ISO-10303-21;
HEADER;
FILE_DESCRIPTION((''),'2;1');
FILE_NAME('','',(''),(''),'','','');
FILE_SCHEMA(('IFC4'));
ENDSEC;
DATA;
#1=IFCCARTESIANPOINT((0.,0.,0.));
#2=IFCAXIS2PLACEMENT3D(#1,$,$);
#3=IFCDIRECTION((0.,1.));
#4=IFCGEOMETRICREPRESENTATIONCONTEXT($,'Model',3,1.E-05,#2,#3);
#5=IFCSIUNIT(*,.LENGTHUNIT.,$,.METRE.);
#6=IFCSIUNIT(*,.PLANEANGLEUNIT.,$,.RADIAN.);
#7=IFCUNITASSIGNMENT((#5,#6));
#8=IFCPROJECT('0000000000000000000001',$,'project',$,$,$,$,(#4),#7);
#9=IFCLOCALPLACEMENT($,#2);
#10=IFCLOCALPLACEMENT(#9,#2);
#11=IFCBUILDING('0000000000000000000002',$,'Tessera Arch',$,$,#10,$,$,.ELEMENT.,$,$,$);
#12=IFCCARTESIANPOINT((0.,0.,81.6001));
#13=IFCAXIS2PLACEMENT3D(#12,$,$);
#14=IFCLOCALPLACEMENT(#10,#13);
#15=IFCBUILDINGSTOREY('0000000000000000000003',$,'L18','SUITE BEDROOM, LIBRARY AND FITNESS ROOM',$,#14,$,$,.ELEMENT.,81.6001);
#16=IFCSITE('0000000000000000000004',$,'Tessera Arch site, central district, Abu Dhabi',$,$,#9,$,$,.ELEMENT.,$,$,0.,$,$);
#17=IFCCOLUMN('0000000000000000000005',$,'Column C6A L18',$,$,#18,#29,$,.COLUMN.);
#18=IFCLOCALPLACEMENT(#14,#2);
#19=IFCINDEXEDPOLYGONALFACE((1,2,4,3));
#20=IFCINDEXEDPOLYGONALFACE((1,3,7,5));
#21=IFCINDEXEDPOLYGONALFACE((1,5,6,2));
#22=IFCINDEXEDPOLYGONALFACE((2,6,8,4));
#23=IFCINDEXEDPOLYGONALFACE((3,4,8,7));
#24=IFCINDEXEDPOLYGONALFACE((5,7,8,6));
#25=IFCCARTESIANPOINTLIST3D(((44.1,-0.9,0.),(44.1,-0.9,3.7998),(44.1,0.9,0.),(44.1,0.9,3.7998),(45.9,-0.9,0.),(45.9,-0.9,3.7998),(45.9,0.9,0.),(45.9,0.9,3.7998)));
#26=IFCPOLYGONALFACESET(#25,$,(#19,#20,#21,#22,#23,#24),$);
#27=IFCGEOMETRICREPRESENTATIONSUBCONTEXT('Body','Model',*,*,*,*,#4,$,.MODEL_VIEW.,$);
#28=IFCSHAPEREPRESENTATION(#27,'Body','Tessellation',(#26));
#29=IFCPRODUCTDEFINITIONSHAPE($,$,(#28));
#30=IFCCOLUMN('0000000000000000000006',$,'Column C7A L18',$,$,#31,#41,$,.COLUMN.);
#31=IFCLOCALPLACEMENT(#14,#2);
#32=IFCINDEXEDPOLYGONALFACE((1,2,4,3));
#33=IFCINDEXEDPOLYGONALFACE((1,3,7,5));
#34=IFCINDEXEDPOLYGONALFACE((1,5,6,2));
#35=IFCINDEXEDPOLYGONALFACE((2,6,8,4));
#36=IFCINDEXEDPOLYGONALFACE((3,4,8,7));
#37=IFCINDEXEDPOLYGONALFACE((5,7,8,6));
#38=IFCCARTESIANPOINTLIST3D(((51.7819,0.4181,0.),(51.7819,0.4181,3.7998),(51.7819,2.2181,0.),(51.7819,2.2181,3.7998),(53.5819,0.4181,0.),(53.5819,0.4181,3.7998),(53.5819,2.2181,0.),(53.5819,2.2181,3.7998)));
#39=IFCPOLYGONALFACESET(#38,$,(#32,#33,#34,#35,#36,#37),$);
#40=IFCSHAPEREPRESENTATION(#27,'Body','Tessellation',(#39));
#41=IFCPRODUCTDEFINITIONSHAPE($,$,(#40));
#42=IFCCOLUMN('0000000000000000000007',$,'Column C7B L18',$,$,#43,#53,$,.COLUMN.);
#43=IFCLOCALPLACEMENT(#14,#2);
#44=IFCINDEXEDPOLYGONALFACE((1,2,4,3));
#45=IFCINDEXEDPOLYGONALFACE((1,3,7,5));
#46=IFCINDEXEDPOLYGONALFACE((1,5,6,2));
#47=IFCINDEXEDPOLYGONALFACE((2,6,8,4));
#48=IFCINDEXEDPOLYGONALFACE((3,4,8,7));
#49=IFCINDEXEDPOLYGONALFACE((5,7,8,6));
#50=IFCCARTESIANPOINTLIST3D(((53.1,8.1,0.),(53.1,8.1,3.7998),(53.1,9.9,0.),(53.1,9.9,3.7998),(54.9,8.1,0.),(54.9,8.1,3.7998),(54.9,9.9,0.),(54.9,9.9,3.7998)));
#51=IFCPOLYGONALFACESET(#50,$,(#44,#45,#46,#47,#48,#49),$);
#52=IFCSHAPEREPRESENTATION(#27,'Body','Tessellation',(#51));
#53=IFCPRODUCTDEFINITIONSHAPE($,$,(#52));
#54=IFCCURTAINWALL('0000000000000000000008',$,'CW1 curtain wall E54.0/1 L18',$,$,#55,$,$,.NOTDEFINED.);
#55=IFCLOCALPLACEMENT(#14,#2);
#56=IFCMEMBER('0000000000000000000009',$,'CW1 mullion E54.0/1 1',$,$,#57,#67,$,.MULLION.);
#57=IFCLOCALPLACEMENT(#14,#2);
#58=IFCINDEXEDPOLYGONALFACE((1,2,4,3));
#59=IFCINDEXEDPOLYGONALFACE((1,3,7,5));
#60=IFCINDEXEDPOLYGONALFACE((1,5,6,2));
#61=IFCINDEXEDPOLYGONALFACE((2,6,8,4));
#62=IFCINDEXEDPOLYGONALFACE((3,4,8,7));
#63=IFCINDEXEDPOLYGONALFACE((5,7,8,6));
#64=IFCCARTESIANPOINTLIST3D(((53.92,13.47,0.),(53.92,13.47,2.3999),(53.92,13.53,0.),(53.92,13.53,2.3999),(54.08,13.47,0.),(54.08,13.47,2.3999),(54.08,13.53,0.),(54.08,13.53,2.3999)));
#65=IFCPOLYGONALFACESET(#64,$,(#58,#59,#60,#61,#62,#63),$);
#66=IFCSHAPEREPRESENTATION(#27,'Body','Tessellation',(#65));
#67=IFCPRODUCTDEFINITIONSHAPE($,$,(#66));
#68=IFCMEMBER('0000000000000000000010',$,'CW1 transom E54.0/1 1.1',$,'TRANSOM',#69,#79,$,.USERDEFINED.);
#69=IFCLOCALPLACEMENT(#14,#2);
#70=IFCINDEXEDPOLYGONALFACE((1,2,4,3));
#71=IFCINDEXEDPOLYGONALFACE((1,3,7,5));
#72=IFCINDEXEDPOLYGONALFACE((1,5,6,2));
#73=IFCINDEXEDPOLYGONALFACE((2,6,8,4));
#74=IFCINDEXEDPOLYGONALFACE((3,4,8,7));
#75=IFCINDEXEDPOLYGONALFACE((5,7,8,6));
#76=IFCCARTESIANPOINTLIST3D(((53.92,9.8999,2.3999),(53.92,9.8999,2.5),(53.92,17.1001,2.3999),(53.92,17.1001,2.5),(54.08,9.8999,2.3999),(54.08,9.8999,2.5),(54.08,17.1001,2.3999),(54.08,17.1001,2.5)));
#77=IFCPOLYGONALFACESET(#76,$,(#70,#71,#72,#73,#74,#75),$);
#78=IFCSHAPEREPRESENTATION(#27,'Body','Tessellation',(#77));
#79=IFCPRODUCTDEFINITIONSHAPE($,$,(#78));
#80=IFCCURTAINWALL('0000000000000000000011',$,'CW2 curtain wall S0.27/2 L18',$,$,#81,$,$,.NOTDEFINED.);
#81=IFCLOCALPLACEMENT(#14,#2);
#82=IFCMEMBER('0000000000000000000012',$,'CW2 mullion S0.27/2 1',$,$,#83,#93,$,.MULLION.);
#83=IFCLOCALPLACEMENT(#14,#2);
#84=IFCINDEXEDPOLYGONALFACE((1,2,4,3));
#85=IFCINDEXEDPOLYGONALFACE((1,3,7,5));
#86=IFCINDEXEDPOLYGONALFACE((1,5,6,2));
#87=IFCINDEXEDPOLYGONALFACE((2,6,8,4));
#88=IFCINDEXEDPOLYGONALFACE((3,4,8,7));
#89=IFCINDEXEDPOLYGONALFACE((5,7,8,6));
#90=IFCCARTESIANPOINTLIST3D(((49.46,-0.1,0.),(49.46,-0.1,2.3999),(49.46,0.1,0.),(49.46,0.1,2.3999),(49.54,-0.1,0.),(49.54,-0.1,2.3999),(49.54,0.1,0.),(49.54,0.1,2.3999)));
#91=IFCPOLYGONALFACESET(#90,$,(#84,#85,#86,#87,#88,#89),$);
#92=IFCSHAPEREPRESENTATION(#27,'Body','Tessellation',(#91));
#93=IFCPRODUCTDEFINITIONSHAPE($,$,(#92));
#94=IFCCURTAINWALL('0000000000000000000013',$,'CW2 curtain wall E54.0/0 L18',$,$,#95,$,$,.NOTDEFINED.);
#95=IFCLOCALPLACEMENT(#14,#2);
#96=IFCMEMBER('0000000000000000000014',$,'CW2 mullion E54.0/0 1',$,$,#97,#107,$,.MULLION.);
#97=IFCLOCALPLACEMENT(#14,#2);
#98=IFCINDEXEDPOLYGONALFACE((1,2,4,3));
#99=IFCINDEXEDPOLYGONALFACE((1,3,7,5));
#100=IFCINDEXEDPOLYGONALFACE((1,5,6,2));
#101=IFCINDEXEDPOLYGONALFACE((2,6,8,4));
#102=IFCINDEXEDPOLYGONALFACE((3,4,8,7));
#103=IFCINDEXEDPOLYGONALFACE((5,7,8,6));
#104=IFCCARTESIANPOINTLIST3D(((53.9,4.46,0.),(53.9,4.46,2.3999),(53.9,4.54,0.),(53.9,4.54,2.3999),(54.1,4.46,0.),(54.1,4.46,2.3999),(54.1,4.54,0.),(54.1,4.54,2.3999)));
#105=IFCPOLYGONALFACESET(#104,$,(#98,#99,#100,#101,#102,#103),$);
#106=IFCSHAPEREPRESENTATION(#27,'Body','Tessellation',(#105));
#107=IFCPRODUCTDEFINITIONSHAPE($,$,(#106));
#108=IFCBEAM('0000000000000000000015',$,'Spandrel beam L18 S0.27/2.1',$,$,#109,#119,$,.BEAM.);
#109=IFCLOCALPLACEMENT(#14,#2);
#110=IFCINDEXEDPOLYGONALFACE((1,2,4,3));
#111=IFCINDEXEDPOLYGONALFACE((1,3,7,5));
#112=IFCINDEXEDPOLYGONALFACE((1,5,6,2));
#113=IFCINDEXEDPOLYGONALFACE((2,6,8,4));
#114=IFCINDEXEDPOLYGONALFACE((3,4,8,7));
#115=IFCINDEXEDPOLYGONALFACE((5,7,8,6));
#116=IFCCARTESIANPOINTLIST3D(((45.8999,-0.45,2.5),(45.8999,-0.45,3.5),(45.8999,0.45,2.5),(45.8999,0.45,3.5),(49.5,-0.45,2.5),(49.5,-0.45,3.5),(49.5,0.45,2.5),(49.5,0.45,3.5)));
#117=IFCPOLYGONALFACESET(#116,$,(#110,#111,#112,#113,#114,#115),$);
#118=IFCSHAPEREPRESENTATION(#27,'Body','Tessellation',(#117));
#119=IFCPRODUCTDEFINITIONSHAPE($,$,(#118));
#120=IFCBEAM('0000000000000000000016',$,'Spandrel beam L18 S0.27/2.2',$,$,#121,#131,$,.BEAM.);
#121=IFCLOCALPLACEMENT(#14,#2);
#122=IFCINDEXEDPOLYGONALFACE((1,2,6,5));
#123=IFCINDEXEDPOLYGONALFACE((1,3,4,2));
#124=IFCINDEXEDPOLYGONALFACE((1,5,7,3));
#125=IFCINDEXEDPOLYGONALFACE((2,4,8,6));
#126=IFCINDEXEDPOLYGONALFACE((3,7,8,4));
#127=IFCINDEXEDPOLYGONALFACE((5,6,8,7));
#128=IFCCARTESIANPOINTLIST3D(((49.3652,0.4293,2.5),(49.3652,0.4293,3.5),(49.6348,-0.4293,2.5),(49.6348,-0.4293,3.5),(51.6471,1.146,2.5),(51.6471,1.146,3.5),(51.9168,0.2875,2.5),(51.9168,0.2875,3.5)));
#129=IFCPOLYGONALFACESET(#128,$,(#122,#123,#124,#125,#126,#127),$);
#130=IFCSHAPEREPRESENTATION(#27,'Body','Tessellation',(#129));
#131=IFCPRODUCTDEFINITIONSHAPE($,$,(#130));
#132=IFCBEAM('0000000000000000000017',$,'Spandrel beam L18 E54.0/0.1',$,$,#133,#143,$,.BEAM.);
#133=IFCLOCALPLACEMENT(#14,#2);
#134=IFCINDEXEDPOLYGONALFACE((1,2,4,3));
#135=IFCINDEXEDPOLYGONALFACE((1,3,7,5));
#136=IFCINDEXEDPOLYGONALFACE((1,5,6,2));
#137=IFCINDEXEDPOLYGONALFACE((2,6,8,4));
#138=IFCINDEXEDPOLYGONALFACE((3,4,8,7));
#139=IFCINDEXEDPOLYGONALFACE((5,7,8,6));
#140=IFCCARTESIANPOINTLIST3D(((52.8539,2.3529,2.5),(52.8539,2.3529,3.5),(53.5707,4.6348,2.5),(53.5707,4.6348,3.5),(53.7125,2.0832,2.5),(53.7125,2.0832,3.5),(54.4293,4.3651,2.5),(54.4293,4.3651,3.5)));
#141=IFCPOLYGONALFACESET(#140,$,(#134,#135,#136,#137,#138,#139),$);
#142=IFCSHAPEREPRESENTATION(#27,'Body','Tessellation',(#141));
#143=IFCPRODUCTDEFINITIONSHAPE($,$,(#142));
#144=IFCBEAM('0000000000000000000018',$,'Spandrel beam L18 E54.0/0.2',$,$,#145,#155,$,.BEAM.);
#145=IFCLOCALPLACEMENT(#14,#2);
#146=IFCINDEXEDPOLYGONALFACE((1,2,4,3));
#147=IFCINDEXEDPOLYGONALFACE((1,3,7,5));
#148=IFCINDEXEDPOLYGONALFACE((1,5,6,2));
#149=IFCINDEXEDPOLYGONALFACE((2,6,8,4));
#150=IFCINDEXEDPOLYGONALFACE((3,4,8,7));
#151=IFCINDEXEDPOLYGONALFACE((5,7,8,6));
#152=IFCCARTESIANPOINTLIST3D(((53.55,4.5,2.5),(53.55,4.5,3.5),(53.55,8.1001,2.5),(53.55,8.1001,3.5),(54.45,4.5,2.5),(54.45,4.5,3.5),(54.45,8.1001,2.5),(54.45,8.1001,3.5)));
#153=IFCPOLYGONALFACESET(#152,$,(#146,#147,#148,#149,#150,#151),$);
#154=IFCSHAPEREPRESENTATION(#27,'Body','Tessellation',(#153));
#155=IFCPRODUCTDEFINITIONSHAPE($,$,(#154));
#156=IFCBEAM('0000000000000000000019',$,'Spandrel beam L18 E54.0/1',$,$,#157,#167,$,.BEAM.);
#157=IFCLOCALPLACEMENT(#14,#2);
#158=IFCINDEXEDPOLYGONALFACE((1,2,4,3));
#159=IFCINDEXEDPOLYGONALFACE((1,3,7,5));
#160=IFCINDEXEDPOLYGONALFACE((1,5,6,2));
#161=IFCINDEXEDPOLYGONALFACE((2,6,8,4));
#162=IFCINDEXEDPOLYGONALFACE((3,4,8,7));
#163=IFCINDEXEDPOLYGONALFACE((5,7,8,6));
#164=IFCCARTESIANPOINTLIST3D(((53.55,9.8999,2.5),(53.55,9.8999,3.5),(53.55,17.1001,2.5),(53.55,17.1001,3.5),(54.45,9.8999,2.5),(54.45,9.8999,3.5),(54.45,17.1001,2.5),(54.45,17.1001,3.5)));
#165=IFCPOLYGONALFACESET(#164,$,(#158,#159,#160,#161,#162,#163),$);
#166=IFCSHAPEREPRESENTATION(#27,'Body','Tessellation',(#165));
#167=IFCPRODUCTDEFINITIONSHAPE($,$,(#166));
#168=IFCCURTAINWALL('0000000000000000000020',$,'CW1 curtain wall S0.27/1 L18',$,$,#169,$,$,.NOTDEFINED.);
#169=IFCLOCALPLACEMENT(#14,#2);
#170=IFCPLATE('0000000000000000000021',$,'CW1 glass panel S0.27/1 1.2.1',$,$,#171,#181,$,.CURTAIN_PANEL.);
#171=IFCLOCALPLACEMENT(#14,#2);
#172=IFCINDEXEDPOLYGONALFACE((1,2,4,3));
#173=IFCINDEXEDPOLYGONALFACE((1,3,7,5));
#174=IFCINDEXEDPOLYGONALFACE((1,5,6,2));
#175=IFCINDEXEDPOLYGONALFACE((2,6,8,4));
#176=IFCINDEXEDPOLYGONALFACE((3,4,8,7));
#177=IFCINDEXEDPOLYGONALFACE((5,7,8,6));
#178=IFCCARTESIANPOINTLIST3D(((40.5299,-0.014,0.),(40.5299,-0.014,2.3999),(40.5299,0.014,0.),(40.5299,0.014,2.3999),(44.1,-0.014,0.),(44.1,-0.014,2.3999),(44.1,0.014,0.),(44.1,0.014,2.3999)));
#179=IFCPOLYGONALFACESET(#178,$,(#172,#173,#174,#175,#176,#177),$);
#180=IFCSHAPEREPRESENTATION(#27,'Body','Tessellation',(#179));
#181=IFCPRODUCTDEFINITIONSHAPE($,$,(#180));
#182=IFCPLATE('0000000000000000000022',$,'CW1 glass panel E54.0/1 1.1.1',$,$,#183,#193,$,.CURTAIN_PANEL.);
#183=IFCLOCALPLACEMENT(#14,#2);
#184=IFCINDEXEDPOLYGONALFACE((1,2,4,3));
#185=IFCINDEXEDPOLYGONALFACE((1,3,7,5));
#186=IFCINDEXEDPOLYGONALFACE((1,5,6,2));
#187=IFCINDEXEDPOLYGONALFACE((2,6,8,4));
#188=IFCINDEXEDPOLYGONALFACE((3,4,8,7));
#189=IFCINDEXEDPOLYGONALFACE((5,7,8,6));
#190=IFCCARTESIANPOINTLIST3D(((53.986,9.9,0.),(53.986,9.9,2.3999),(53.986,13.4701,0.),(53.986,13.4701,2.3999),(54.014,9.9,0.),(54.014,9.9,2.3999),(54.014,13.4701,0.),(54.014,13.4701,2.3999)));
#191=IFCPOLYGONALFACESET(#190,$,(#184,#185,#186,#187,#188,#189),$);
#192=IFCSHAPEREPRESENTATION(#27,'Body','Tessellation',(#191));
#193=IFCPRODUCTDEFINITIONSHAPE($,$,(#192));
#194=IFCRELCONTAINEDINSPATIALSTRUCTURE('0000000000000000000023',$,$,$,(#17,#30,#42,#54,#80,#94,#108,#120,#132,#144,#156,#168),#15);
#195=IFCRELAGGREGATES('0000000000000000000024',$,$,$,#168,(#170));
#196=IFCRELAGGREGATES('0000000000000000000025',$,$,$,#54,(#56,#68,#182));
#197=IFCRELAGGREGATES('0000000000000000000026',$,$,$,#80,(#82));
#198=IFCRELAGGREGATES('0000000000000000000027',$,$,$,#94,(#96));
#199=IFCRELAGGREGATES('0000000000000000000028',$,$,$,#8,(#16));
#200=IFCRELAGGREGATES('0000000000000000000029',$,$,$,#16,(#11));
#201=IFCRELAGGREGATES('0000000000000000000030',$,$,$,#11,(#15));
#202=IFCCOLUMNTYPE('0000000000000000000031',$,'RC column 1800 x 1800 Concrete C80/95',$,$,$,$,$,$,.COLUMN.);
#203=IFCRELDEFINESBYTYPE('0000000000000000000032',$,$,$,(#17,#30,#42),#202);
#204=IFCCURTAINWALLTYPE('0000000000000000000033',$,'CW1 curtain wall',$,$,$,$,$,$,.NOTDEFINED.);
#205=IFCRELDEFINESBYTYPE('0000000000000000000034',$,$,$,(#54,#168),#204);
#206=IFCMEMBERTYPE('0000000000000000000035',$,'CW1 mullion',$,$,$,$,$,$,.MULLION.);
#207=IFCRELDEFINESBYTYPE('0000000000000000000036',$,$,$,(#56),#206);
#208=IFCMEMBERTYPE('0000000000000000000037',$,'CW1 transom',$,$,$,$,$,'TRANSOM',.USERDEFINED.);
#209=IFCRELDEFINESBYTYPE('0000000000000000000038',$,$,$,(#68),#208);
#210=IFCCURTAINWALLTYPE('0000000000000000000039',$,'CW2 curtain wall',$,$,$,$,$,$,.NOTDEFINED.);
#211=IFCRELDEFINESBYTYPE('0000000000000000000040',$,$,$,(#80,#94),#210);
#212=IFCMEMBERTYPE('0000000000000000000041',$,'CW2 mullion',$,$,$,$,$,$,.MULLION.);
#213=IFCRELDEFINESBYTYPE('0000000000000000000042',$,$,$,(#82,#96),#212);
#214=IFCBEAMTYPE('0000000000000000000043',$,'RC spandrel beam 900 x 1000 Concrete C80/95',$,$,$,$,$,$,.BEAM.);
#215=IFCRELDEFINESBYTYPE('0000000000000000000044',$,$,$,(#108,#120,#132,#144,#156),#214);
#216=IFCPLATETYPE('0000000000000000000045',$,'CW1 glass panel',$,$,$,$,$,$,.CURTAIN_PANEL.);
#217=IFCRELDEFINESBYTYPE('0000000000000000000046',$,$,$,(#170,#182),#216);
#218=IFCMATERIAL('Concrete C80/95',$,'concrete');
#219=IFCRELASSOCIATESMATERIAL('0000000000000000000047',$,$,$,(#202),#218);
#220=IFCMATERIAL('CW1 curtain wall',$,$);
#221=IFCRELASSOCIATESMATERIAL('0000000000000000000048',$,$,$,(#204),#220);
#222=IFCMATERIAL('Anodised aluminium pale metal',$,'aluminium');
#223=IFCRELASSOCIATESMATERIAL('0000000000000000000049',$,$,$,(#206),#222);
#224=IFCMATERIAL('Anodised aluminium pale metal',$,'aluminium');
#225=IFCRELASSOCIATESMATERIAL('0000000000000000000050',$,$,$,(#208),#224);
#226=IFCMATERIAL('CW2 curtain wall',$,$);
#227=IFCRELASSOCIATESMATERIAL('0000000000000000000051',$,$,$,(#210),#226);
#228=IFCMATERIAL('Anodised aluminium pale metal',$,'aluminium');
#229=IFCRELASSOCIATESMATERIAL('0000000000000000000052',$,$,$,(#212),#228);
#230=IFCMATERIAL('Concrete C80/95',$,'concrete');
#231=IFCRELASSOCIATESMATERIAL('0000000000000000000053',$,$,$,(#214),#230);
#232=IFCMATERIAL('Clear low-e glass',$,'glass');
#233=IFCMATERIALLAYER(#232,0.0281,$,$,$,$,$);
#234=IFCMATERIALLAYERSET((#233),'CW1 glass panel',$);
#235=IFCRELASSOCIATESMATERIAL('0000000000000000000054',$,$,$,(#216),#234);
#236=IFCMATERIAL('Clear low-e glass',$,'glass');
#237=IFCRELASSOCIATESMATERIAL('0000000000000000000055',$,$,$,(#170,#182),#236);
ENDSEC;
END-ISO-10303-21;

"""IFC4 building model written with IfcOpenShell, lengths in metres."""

from ifc_helpers import new_model, si_unit, direction, frame, origin, origin_2d, place, context, subcontext, project, spatial, rectangle, extrude, material, layer, layer_set, material_profile, profile_set, type_object, element, aggregate, save


model = new_model("IFC4")

# Units and contexts
model_context = context("Model", 3, precision=1e-05, world=origin(), true_north=direction((0.0, 1.0)))
body_context = subcontext(model_context, "Body", "Model", "MODEL_VIEW")
ifc_project = project(units=[si_unit("LENGTHUNIT", "METRE"), si_unit("PLANEANGLEUNIT", "RADIAN")], contexts=[model_context])

# Site, building, storey
site_placement = place(None, origin())
site = spatial("IfcSite", under=ifc_project, at=site_placement, Name="Tessera Arch site, central district, Abu Dhabi", CompositionType="ELEMENT", RefElevation=0.0)
building_placement = place(site_placement, origin())
building = spatial("IfcBuilding", under=site, at=building_placement, Name="Tessera Arch", CompositionType="ELEMENT")
storey_placement = place(building_placement, frame((0.0, 0.0, 81.6001)))
storey = spatial("IfcBuildingStorey", under=building, at=storey_placement, Name="L18", Description="SUITE BEDROOM, LIBRARY AND FITNESS ROOM", CompositionType="ELEMENT", Elevation=81.6001)

# Columns
ifc_material_1 = material(Name="Concrete C80/95", Category="concrete")
ifc_material_profile_1 = material_profile(ifc_material_1, rectangle(XDim=1.8, YDim=1.8, at=origin_2d()), Name="RC column 1800 x 1800 Concrete C80/95")
ifc_profile_set_1 = profile_set([ifc_material_profile_1], Name="Concrete C80/95")
column_type = type_object("IfcColumnType", Name="RC column 1800 x 1800 Concrete C80/95", PredefinedType="COLUMN", material=ifc_profile_set_1)
for number, where, z_axis, x_axis, name in (
    (1, (45.0, 0.0, 0.0), (0.0, 0.0, 1.0), (1.0, 0.0, 0.0), "Column C6A L18"),
    (2, (52.6819, 1.3181, 0.0), (0.0, 0.0, 1.0), (1.0, 0.0, 0.0), "Column C7A L18"),
    (3, (54.0, 9.0, 0.0), (0.0, 0.0, 1.0), (1.0, 0.0, 0.0), "Column C7B L18"),
):
    element("IfcColumn", number, at=place(storey_placement, frame(where, z_axis=z_axis, x_axis=x_axis)), inside=storey, type_object=column_type, Name=name, PredefinedType="COLUMN", context=body_context, shape_type="SweptSolid", body=[
        extrude(rectangle(XDim=1.8, YDim=1.8, at=origin_2d()), origin(), (0.0, 0.0, 1.0), 3.7998),
    ])

# Curtain wall, members
ifc_material_2 = material(Name="CW1 curtain wall")
curtain_wall_type_1 = type_object("IfcCurtainWallType", Name="CW1 curtain wall", PredefinedType="NOTDEFINED", material=ifc_material_2)
curtain_wall_1_placement = place(storey_placement, origin())
curtain_wall_1 = element("IfcCurtainWall", 4, at=curtain_wall_1_placement, inside=storey, type_object=curtain_wall_type_1, Name="CW1 curtain wall E54.0/1 L18", PredefinedType="NOTDEFINED")
ifc_material_3 = material(Name="Anodised aluminium pale metal", Category="aluminium")
ifc_material_profile_2 = material_profile(ifc_material_3, rectangle(XDim=0.1599, YDim=0.0601, at=origin_2d()), Name="AL 60x160")
ifc_profile_set_2 = profile_set([ifc_material_profile_2], Name="Anodised aluminium pale metal")
member_type_1 = type_object("IfcMemberType", Name="CW1 mullion", PredefinedType="MULLION", material=ifc_profile_set_2)
member_1_placement = place(storey_placement, frame((54.0, 13.5, 0.0), z_axis=(0.0, 0.0, 1.0), x_axis=(-1.0, 0.0, 0.0)))
member_1 = element("IfcMember", 5, at=member_1_placement, type_object=member_type_1, Name="CW1 mullion E54.0/1 1", PredefinedType="MULLION", context=body_context, shape_type="SweptSolid", body=[
    extrude(rectangle(XDim=0.1599, YDim=0.0601, at=origin_2d()), origin(), (0.0, 0.0, 1.0), 2.3999),
])
ifc_material_4 = material(Name="Anodised aluminium pale metal", Category="aluminium")
ifc_material_profile_3 = material_profile(ifc_material_4, rectangle(XDim=0.1599, YDim=0.1001, at=origin_2d()), Name="AL 160x100")
ifc_profile_set_3 = profile_set([ifc_material_profile_3], Name="Anodised aluminium pale metal")
member_type_2 = type_object("IfcMemberType", Name="CW1 transom", ElementType="TRANSOM", PredefinedType="USERDEFINED", material=ifc_profile_set_3)
member_2_placement = place(storey_placement, frame((54.0, 9.8999, 2.45), z_axis=(0.0, 1.0, 0.0), x_axis=(-1.0, 0.0, 0.0)))
member_2 = element("IfcMember", 6, at=member_2_placement, type_object=member_type_2, Name="CW1 transom E54.0/1 1.1", ObjectType="TRANSOM", PredefinedType="USERDEFINED", context=body_context, shape_type="SweptSolid", body=[
    extrude(rectangle(XDim=0.1599, YDim=0.1001, at=origin_2d()), origin(), (0.0, 0.0, 1.0), 7.2002),
])

# Curtain walls, members
ifc_material_5 = material(Name="CW2 curtain wall")
curtain_wall_type_2 = type_object("IfcCurtainWallType", Name="CW2 curtain wall", PredefinedType="NOTDEFINED", material=ifc_material_5)
curtain_wall_2_placement = place(storey_placement, origin())
curtain_wall_2 = element("IfcCurtainWall", 7, at=curtain_wall_2_placement, inside=storey, type_object=curtain_wall_type_2, Name="CW2 curtain wall S0.27/2 L18", PredefinedType="NOTDEFINED")
ifc_material_6 = material(Name="Anodised aluminium pale metal", Category="aluminium")
ifc_material_profile_4 = material_profile(ifc_material_6, rectangle(XDim=0.2, YDim=0.0801, at=origin_2d()), Name="AL 80x200")
ifc_profile_set_4 = profile_set([ifc_material_profile_4], Name="Anodised aluminium pale metal")
member_type_3 = type_object("IfcMemberType", Name="CW2 mullion", PredefinedType="MULLION", material=ifc_profile_set_4)
member_3_placement = place(storey_placement, frame((49.5, 0.0, 0.0), z_axis=(0.0, 0.0, 1.0), x_axis=(0.0, 1.0, 0.0)))
member_3 = element("IfcMember", 8, at=member_3_placement, type_object=member_type_3, Name="CW2 mullion S0.27/2 1", PredefinedType="MULLION", context=body_context, shape_type="SweptSolid", body=[
    extrude(rectangle(XDim=0.2, YDim=0.0801, at=origin_2d()), origin(), (0.0, 0.0, 1.0), 2.3999),
])
curtain_wall_3_placement = place(storey_placement, origin())
curtain_wall_3 = element("IfcCurtainWall", 9, at=curtain_wall_3_placement, inside=storey, type_object=curtain_wall_type_2, Name="CW2 curtain wall E54.0/0 L18", PredefinedType="NOTDEFINED")
member_4_placement = place(storey_placement, frame((54.0, 4.5, 0.0), z_axis=(0.0, 0.0, 1.0), x_axis=(-1.0, 0.0, 0.0)))
member_4 = element("IfcMember", 10, at=member_4_placement, type_object=member_type_3, Name="CW2 mullion E54.0/0 1", PredefinedType="MULLION", context=body_context, shape_type="SweptSolid", body=[
    extrude(rectangle(XDim=0.2, YDim=0.0801, at=origin_2d()), origin(), (0.0, 0.0, 1.0), 2.3999),
])

# Beams
ifc_material_7 = material(Name="Concrete C80/95", Category="concrete")
ifc_material_profile_5 = material_profile(ifc_material_7, rectangle(XDim=0.8999, YDim=1.0, at=origin_2d()), Name="RC spandrel beam 900 x 1000 Concrete C80/95")
ifc_profile_set_5 = profile_set([ifc_material_profile_5], Name="Concrete C80/95")
beam_type = type_object("IfcBeamType", Name="RC spandrel beam 900 x 1000 Concrete C80/95", PredefinedType="BEAM", material=ifc_profile_set_5)
beam_1_placement = place(storey_placement, frame((45.8999, 0.0, 3.0), z_axis=(1.0, 0.0, 0.0), x_axis=(0.0, 1.0, 0.0)))
element("IfcBeam", 11, at=beam_1_placement, inside=storey, type_object=beam_type, Name="Spandrel beam L18 S0.27/2.1", PredefinedType="BEAM", context=body_context, shape_type="SweptSolid", body=[
    extrude(rectangle(XDim=0.8999, YDim=1.0, at=origin_2d()), origin(), (0.0, 0.0, 1.0), 3.6001),
])
for number, where, z_axis, x_axis, name in (
    (12, (49.5, 0.0, 3.0), (0.954041, 0.299675, 0.0), (-0.299675, 0.954041, 0.0), "Spandrel beam L18 S0.27/2.2"),
    (13, (53.2832, 2.218, 3.0), (0.299675, 0.954041, 0.0), (-0.954041, 0.299675, 0.0), "Spandrel beam L18 E54.0/0.1"),
):
    element("IfcBeam", number, at=place(storey_placement, frame(where, z_axis=z_axis, x_axis=x_axis)), inside=storey, type_object=beam_type, Name=name, PredefinedType="BEAM", context=body_context, shape_type="SweptSolid", body=[
        extrude(rectangle(XDim=0.8999, YDim=1.0, at=origin_2d()), origin(), (0.0, 0.0, 1.0), 2.3918),
    ])
beam_2_placement = place(storey_placement, frame((54.0, 4.5, 3.0), z_axis=(0.0, 1.0, 0.0), x_axis=(-1.0, 0.0, 0.0)))
element("IfcBeam", 14, at=beam_2_placement, inside=storey, type_object=beam_type, Name="Spandrel beam L18 E54.0/0.2", PredefinedType="BEAM", context=body_context, shape_type="SweptSolid", body=[
    extrude(rectangle(XDim=0.8999, YDim=1.0, at=origin_2d()), origin(), (0.0, 0.0, 1.0), 3.6001),
])
beam_3_placement = place(storey_placement, frame((54.0, 9.8999, 3.0), z_axis=(0.0, 1.0, 0.0), x_axis=(-1.0, 0.0, 0.0)))
element("IfcBeam", 15, at=beam_3_placement, inside=storey, type_object=beam_type, Name="Spandrel beam L18 E54.0/1", PredefinedType="BEAM", context=body_context, shape_type="SweptSolid", body=[
    extrude(rectangle(XDim=0.8999, YDim=1.0, at=origin_2d()), origin(), (0.0, 0.0, 1.0), 7.2002),
])

# Curtain wall, plate
curtain_wall_4_placement = place(storey_placement, origin())
curtain_wall_4 = element("IfcCurtainWall", 16, at=curtain_wall_4_placement, inside=storey, type_object=curtain_wall_type_1, Name="CW1 curtain wall S0.27/1 L18", PredefinedType="NOTDEFINED")
ifc_material_8 = material(Name="Clear low-e glass", Category="glass")
ifc_material_9 = material(Name="Clear low-e glass", Category="glass")
ifc_layer_1 = layer(ifc_material_9, 0.0281)
ifc_layer_set_1 = layer_set([ifc_layer_1], Name="CW1 glass panel")
plate_type_1 = type_object("IfcPlateType", Name="CW1 glass panel", PredefinedType="CURTAIN_PANEL", material=ifc_layer_set_1)
plate_1_placement = place(storey_placement, frame((42.3149, 0.0, 0.0), z_axis=(0.0, 0.0, 1.0), x_axis=(1.0, 0.0, 0.0)))
plate_1 = element("IfcPlate", 17, at=plate_1_placement, type_object=plate_type_1, material=ifc_material_8, Name="CW1 glass panel S0.27/1 1.2.1", PredefinedType="CURTAIN_PANEL", context=body_context, shape_type="SweptSolid", body=[
    extrude(rectangle(XDim=3.5701, YDim=0.0281, at=origin_2d()), origin(), (0.0, 0.0, 1.0), 2.3999),
])
aggregate(curtain_wall_4, [plate_1])

# Plate
plate_2_placement = place(storey_placement, frame((54.0, 11.6851, 0.0), z_axis=(0.0, 0.0, 1.0), x_axis=(0.0, 1.0, 0.0)))
plate_2 = element("IfcPlate", 18, at=plate_2_placement, type_object=plate_type_1, material=ifc_material_8, Name="CW1 glass panel E54.0/1 1.1.1", PredefinedType="CURTAIN_PANEL", context=body_context, shape_type="SweptSolid", body=[
    extrude(rectangle(XDim=3.5701, YDim=0.0281, at=origin_2d()), origin(), (0.0, 0.0, 1.0), 2.3999),
])
aggregate(curtain_wall_1, [member_1, member_2, plate_2])
aggregate(curtain_wall_2, [member_3])
aggregate(curtain_wall_3, [member_4])

save(model, "model.ifc")
